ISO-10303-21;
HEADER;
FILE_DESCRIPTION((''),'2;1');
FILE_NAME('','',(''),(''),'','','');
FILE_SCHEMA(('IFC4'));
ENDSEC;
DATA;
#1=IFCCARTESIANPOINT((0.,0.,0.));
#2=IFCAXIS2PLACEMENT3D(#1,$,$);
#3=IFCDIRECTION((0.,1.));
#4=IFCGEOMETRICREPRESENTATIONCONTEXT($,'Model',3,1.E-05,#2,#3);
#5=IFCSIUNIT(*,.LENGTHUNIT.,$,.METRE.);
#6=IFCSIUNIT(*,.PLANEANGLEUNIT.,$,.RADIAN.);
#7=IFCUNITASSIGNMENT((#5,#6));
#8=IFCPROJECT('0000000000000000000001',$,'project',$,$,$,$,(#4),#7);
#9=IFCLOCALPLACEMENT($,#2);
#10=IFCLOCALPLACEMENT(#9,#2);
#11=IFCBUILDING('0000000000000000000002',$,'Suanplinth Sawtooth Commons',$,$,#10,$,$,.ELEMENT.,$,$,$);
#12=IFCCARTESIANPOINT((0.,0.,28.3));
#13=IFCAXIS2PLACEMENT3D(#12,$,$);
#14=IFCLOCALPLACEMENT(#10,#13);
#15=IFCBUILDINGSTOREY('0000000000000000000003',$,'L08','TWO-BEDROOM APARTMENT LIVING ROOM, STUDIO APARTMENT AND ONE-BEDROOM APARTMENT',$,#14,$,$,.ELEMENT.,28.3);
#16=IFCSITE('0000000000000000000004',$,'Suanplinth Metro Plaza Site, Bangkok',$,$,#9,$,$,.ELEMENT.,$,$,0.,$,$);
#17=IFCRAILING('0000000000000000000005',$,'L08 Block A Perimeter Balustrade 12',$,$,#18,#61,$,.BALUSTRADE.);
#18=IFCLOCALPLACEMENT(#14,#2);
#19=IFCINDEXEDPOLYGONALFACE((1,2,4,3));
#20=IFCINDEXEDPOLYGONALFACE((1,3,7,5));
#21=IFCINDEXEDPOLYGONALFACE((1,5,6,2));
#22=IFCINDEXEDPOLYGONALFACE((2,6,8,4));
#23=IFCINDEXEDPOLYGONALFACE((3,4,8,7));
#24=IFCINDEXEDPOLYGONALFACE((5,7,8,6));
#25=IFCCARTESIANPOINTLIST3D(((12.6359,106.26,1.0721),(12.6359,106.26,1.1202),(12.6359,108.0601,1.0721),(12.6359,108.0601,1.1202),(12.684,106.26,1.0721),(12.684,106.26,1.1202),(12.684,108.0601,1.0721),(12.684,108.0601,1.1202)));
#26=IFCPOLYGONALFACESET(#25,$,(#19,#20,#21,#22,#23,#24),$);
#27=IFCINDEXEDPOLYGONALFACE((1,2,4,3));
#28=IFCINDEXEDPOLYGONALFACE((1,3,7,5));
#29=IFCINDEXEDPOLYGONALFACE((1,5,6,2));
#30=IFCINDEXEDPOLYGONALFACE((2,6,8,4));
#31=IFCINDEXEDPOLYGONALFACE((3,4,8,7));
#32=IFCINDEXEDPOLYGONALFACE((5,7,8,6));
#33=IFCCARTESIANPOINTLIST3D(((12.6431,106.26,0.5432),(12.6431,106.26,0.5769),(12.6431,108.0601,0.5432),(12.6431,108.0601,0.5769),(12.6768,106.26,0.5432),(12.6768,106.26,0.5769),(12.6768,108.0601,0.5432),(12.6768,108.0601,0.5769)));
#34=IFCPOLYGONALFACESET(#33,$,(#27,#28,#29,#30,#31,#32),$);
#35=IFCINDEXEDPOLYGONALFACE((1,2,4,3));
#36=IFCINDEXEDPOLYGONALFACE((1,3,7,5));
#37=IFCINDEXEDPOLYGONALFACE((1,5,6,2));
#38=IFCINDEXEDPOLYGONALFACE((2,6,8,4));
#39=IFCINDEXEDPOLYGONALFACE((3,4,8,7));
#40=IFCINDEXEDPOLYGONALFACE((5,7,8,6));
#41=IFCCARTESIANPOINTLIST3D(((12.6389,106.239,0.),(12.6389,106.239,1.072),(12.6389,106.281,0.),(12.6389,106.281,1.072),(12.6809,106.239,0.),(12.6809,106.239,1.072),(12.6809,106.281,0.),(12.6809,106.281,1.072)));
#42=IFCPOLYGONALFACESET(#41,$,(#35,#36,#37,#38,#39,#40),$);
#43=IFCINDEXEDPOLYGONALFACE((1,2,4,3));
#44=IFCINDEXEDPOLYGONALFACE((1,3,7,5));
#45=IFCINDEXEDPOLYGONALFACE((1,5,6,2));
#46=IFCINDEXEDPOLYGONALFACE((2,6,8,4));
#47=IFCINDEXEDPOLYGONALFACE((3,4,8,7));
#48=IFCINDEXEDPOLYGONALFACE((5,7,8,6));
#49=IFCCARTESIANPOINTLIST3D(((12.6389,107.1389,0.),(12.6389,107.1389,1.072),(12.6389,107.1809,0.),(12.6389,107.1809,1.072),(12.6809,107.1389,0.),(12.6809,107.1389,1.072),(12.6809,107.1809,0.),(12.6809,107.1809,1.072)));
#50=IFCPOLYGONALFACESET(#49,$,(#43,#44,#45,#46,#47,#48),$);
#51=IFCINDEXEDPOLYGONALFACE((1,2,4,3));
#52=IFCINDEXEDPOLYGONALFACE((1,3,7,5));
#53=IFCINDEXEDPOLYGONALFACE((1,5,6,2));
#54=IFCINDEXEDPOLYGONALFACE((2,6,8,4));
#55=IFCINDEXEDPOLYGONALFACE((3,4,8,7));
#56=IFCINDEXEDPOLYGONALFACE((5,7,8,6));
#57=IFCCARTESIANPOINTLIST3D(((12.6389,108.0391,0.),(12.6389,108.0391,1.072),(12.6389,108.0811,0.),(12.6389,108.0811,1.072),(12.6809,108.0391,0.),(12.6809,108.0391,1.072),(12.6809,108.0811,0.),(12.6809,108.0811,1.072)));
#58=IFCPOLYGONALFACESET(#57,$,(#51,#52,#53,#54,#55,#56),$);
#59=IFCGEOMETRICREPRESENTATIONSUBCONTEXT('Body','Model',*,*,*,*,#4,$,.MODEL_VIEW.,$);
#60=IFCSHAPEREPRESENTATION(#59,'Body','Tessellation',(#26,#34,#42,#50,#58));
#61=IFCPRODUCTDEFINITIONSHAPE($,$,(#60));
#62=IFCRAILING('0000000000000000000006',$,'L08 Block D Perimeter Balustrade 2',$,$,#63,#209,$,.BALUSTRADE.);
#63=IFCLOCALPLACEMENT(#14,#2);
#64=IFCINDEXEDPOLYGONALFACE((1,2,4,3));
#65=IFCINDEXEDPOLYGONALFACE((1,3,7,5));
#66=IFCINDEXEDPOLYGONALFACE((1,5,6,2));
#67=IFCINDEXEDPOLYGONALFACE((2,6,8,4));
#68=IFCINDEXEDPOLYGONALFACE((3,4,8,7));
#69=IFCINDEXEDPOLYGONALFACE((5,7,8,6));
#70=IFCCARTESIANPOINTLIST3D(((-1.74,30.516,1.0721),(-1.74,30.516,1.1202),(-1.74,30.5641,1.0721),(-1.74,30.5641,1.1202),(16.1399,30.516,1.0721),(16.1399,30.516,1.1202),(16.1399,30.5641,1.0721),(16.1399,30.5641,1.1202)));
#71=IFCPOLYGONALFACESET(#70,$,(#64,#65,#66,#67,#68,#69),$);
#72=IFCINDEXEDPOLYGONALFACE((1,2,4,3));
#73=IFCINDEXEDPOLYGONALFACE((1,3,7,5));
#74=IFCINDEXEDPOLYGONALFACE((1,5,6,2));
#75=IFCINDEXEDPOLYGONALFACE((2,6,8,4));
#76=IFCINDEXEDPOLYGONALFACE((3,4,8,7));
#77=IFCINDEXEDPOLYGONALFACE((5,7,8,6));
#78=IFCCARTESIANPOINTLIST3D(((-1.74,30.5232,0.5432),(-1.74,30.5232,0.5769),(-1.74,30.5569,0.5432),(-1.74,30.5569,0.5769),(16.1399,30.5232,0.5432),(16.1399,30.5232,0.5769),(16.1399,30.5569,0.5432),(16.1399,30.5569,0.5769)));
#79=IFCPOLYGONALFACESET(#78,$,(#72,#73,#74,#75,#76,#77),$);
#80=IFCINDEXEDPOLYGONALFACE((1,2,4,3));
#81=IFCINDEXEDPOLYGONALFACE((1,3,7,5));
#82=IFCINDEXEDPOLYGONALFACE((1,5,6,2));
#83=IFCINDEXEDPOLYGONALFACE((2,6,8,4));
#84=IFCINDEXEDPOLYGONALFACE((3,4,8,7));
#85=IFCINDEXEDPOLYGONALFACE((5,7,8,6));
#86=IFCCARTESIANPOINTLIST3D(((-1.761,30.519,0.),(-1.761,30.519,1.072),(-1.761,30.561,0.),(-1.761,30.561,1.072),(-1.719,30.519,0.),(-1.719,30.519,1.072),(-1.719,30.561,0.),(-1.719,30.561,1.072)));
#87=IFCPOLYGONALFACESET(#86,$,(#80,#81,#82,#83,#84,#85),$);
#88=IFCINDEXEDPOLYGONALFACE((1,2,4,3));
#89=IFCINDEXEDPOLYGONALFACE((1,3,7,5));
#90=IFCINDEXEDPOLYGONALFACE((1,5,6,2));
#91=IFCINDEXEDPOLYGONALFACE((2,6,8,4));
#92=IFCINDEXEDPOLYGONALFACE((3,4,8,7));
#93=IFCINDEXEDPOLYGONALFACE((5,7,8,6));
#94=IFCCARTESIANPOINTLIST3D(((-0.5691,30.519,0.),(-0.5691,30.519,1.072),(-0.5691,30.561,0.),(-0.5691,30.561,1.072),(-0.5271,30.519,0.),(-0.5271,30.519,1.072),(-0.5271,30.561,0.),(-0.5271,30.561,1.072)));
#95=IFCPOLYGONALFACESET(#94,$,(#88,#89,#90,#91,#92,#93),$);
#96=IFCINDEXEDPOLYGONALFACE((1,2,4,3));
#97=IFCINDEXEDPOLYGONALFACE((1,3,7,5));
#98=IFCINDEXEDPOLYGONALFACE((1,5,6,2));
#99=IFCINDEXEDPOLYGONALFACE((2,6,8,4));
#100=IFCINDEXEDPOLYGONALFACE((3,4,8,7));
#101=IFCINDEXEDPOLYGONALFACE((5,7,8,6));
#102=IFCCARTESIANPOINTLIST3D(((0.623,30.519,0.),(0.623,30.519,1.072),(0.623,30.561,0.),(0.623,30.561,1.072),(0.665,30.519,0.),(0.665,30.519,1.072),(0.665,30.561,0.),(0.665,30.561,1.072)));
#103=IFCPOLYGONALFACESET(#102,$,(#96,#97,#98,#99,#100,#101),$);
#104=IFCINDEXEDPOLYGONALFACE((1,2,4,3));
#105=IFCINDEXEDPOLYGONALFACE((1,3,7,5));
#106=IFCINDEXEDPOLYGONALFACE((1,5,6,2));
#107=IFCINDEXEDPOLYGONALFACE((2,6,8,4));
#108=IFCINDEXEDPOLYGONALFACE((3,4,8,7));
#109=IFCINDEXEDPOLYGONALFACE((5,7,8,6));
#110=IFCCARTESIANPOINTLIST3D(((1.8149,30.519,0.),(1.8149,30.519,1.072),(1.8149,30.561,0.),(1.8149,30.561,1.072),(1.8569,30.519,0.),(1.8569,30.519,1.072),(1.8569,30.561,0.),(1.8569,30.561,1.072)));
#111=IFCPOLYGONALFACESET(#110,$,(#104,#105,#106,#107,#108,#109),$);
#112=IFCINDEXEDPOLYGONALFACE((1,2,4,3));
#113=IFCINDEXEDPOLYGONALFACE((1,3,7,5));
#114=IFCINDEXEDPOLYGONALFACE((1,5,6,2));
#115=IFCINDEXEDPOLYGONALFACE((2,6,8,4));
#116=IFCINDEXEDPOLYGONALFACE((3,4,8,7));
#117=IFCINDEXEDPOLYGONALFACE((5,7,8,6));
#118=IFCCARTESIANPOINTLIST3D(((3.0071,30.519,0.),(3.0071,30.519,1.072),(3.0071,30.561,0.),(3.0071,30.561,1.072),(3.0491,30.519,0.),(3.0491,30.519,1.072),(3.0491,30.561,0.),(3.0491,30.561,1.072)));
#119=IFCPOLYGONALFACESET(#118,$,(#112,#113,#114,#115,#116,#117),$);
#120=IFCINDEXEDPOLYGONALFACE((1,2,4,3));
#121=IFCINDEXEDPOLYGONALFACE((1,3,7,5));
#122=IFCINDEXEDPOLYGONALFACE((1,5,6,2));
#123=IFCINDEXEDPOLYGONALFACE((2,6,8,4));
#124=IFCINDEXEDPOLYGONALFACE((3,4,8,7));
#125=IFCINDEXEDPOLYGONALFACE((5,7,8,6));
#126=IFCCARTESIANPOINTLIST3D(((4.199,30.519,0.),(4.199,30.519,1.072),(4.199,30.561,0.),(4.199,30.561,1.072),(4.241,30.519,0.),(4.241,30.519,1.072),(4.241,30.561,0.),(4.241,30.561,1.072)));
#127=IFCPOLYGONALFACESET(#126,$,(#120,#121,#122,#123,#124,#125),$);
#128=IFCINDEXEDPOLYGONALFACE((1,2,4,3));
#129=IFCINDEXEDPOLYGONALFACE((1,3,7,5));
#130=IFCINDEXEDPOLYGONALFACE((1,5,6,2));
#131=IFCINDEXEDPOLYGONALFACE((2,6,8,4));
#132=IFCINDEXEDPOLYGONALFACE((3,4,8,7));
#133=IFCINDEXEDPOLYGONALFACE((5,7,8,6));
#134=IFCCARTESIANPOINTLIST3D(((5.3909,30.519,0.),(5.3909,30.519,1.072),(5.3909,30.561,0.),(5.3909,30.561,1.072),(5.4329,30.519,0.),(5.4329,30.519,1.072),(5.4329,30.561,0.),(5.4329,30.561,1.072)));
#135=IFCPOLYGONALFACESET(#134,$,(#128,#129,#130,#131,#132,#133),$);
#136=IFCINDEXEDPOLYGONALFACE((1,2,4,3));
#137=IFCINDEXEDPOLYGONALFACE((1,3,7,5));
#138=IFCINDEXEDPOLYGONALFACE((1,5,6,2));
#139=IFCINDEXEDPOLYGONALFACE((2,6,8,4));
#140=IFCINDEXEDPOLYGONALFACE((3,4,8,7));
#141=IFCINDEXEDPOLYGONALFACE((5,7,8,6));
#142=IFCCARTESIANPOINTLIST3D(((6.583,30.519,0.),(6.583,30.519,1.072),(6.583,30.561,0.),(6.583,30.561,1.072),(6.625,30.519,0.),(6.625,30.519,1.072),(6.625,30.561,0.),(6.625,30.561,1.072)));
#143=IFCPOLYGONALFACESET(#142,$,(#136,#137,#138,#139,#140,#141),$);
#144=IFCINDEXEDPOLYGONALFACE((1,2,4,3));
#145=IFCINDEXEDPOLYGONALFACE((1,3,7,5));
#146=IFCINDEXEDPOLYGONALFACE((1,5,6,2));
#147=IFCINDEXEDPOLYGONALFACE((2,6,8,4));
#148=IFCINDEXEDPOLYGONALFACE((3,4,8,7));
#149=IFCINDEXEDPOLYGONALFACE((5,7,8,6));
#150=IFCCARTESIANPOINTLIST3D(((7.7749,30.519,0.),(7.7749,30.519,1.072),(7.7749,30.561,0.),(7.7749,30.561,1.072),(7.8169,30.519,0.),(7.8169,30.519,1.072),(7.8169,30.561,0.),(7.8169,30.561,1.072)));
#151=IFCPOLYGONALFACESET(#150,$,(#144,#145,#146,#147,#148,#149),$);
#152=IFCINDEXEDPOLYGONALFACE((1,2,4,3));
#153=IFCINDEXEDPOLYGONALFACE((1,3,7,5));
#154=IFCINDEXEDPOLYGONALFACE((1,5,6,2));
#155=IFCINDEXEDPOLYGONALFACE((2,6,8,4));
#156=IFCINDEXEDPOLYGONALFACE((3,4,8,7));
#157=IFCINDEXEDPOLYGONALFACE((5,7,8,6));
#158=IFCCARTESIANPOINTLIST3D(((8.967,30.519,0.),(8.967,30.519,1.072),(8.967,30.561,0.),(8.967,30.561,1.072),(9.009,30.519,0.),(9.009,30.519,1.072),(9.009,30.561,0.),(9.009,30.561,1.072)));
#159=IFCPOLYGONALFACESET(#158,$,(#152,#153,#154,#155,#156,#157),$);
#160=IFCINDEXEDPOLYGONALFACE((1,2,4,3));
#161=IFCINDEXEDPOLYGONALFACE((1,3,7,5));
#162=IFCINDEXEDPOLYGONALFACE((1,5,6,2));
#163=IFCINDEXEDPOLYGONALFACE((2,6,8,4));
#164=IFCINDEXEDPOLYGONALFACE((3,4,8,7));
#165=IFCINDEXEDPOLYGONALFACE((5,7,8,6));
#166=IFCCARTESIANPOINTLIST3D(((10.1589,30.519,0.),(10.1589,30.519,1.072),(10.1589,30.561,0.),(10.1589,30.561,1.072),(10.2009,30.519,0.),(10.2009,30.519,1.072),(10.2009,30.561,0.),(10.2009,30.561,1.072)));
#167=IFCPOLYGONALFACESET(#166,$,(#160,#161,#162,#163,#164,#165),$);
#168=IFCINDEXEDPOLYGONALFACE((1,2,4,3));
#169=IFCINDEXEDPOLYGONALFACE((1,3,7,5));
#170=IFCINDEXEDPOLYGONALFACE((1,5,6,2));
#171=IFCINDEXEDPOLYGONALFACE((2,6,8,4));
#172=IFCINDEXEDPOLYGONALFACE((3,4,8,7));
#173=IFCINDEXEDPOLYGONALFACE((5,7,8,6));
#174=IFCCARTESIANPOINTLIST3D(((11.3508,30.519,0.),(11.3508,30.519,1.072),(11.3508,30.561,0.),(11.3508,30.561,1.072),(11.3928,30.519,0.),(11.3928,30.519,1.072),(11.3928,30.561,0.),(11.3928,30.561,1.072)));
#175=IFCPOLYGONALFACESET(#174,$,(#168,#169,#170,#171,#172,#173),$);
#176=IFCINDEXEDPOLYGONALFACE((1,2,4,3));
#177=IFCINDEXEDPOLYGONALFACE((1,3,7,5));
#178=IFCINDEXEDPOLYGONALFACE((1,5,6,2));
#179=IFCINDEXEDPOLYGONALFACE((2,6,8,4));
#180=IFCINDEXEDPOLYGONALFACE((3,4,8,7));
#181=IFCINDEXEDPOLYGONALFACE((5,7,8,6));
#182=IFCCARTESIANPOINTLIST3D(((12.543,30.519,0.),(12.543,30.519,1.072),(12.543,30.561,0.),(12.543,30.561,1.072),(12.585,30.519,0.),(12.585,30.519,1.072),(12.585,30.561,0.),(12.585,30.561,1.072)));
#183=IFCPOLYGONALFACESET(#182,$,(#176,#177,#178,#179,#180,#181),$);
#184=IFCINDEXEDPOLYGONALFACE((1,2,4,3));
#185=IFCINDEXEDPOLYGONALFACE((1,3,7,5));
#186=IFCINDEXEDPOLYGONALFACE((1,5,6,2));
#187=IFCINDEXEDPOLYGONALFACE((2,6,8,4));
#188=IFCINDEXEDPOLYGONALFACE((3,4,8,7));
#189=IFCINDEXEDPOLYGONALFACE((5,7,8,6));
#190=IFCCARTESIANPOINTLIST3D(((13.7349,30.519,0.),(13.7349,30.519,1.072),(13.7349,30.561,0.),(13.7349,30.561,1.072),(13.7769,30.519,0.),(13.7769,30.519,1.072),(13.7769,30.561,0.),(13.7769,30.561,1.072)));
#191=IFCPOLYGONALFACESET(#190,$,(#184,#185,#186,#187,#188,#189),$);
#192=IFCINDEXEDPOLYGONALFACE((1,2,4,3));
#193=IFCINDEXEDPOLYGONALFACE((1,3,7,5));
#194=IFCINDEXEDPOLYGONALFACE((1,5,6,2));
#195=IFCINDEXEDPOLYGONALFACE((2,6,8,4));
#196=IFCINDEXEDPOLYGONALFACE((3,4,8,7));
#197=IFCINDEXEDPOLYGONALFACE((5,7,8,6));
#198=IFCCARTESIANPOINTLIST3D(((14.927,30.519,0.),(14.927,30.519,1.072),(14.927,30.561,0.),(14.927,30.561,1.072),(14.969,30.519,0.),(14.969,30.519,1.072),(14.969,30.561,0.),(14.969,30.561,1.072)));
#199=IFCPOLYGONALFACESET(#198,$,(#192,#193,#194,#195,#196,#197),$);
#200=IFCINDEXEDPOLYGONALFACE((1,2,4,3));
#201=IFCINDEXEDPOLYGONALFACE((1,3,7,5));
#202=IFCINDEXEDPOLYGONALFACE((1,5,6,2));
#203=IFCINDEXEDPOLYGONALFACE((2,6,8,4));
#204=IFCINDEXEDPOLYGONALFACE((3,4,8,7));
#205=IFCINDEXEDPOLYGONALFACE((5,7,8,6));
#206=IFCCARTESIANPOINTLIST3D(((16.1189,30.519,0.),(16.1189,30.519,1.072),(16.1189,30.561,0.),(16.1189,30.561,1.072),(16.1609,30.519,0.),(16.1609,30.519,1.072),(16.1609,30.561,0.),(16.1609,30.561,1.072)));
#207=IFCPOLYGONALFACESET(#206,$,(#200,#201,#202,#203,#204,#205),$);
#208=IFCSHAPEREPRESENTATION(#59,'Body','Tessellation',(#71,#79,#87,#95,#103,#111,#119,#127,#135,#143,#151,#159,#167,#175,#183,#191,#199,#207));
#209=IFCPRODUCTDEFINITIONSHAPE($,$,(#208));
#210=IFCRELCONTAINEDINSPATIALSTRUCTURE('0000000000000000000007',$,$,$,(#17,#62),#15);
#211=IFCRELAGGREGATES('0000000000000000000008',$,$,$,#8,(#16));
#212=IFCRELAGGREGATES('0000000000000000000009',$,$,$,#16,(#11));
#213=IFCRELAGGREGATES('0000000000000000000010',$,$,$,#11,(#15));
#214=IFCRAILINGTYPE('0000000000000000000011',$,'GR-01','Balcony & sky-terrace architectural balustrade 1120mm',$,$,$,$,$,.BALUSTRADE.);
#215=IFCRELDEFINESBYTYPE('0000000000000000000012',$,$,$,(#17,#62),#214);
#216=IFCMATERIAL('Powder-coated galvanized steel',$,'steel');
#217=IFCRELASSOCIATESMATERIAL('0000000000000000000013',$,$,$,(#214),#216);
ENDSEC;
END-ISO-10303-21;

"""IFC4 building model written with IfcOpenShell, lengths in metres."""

from ifc_helpers import new_model, si_unit, direction, frame, origin, origin_2d, place, context, subcontext, project, spatial, rectangle, extrude, material, type_object, element, save


model = new_model("IFC4")

# Units and contexts
model_context = context("Model", 3, precision=1e-05, world=origin(), true_north=direction((0.0, 1.0)))
body_context = subcontext(model_context, "Body", "Model", "MODEL_VIEW")
ifc_project = project(units=[si_unit("LENGTHUNIT", "METRE"), si_unit("PLANEANGLEUNIT", "RADIAN")], contexts=[model_context])

# Site, building, storey
site_placement = place(None, origin())
site = spatial("IfcSite", under=ifc_project, at=site_placement, Name="Suanplinth Metro Plaza Site, Bangkok", CompositionType="ELEMENT", RefElevation=0.0)
building_placement = place(site_placement, origin())
building = spatial("IfcBuilding", under=site, at=building_placement, Name="Suanplinth Sawtooth Commons", CompositionType="ELEMENT")
storey_placement = place(building_placement, frame((0.0, 0.0, 28.3)))
storey = spatial("IfcBuildingStorey", under=building, at=storey_placement, Name="L08", Description="TWO-BEDROOM APARTMENT LIVING ROOM, STUDIO APARTMENT AND ONE-BEDROOM APARTMENT", CompositionType="ELEMENT", Elevation=28.3)

# Railings
ifc_material_1 = material(Name="Powder-coated galvanized steel", Category="steel")
railing_type = type_object("IfcRailingType", Name="GR-01", Description="Balcony & sky-terrace architectural balustrade 1120mm", PredefinedType="BALUSTRADE", material=ifc_material_1)
railing_1_placement = place(storey_placement, frame((12.6599, 106.26, 0.0)))
element("IfcRailing", 1, at=railing_1_placement, inside=storey, type_object=railing_type, Name="L08 Block A Perimeter Balustrade 12", PredefinedType="BALUSTRADE", context=body_context, shape_type="SweptSolid", body=[
    extrude(rectangle(XDim=0.0481, YDim=0.0481, at=origin_2d()), frame((0.0, 0.0, 1.0962), z_axis=(0.0, 1.0, 0.0), x_axis=(-1.0, 0.0, 0.0)), (0.0, 0.0, 1.0), 1.8),
    extrude(rectangle(XDim=0.0337, YDim=0.0337, at=origin_2d()), frame((0.0, 0.0, 0.5601), z_axis=(0.0, 1.0, 0.0), x_axis=(-1.0, 0.0, 0.0)), (0.0, 0.0, 1.0), 1.8),
    extrude(rectangle(XDim=0.042, YDim=0.042, at=origin_2d()), origin(), (0.0, 0.0, 1.0), 1.072),
    extrude(rectangle(XDim=0.042, YDim=0.042, at=origin_2d()), frame((0.0, 0.8999, 0.0)), (0.0, 0.0, 1.0), 1.072),
    extrude(rectangle(XDim=0.042, YDim=0.042, at=origin_2d()), frame((0.0, 1.8, 0.0)), (0.0, 0.0, 1.0), 1.072),
])
railing_2_placement = place(storey_placement, frame((-1.74, 30.54, 0.0)))
element("IfcRailing", 2, at=railing_2_placement, inside=storey, type_object=railing_type, Name="L08 Block D Perimeter Balustrade 2", PredefinedType="BALUSTRADE", context=body_context, shape_type="SweptSolid", body=[
    extrude(rectangle(XDim=0.0481, YDim=0.0481, at=origin_2d()), frame((0.0, 0.0, 1.0962), z_axis=(1.0, 0.0, 0.0), x_axis=(0.0, 1.0, 0.0)), (0.0, 0.0, 1.0), 17.8799),
    extrude(rectangle(XDim=0.0337, YDim=0.0337, at=origin_2d()), frame((0.0, 0.0, 0.5601), z_axis=(1.0, 0.0, 0.0), x_axis=(0.0, 1.0, 0.0)), (0.0, 0.0, 1.0), 17.8799),
    extrude(rectangle(XDim=0.042, YDim=0.042, at=origin_2d()), origin(), (0.0, 0.0, 1.0), 1.072),
    extrude(rectangle(XDim=0.042, YDim=0.042, at=origin_2d()), frame((1.1919, 0.0, 0.0)), (0.0, 0.0, 1.0), 1.072),
    extrude(rectangle(XDim=0.042, YDim=0.042, at=origin_2d()), frame((2.384, 0.0, 0.0)), (0.0, 0.0, 1.0), 1.072),
    extrude(rectangle(XDim=0.042, YDim=0.042, at=origin_2d()), frame((3.5759, 0.0, 0.0)), (0.0, 0.0, 1.0), 1.072),
    extrude(rectangle(XDim=0.042, YDim=0.042, at=origin_2d()), frame((4.7681, 0.0, 0.0)), (0.0, 0.0, 1.0), 1.072),
    extrude(rectangle(XDim=0.042, YDim=0.042, at=origin_2d()), frame((5.96, 0.0, 0.0)), (0.0, 0.0, 1.0), 1.072),
    extrude(rectangle(XDim=0.042, YDim=0.042, at=origin_2d()), frame((7.1519, 0.0, 0.0)), (0.0, 0.0, 1.0), 1.072),
    extrude(rectangle(XDim=0.042, YDim=0.042, at=origin_2d()), frame((8.344, 0.0, 0.0)), (0.0, 0.0, 1.0), 1.072),
    extrude(rectangle(XDim=0.042, YDim=0.042, at=origin_2d()), frame((9.5359, 0.0, 0.0)), (0.0, 0.0, 1.0), 1.072),
    extrude(rectangle(XDim=0.042, YDim=0.042, at=origin_2d()), frame((10.728, 0.0, 0.0)), (0.0, 0.0, 1.0), 1.072),
    extrude(rectangle(XDim=0.042, YDim=0.042, at=origin_2d()), frame((11.9199, 0.0, 0.0)), (0.0, 0.0, 1.0), 1.072),
    extrude(rectangle(XDim=0.042, YDim=0.042, at=origin_2d()), frame((13.1118, 0.0, 0.0)), (0.0, 0.0, 1.0), 1.072),
    extrude(rectangle(XDim=0.042, YDim=0.042, at=origin_2d()), frame((14.304, 0.0, 0.0)), (0.0, 0.0, 1.0), 1.072),
    extrude(rectangle(XDim=0.042, YDim=0.042, at=origin_2d()), frame((15.4958, 0.0, 0.0)), (0.0, 0.0, 1.0), 1.072),
    extrude(rectangle(XDim=0.042, YDim=0.042, at=origin_2d()), frame((16.688, 0.0, 0.0)), (0.0, 0.0, 1.0), 1.072),
    extrude(rectangle(XDim=0.042, YDim=0.042, at=origin_2d()), frame((17.8799, 0.0, 0.0)), (0.0, 0.0, 1.0), 1.072),
])

save(model, "model.ifc")
